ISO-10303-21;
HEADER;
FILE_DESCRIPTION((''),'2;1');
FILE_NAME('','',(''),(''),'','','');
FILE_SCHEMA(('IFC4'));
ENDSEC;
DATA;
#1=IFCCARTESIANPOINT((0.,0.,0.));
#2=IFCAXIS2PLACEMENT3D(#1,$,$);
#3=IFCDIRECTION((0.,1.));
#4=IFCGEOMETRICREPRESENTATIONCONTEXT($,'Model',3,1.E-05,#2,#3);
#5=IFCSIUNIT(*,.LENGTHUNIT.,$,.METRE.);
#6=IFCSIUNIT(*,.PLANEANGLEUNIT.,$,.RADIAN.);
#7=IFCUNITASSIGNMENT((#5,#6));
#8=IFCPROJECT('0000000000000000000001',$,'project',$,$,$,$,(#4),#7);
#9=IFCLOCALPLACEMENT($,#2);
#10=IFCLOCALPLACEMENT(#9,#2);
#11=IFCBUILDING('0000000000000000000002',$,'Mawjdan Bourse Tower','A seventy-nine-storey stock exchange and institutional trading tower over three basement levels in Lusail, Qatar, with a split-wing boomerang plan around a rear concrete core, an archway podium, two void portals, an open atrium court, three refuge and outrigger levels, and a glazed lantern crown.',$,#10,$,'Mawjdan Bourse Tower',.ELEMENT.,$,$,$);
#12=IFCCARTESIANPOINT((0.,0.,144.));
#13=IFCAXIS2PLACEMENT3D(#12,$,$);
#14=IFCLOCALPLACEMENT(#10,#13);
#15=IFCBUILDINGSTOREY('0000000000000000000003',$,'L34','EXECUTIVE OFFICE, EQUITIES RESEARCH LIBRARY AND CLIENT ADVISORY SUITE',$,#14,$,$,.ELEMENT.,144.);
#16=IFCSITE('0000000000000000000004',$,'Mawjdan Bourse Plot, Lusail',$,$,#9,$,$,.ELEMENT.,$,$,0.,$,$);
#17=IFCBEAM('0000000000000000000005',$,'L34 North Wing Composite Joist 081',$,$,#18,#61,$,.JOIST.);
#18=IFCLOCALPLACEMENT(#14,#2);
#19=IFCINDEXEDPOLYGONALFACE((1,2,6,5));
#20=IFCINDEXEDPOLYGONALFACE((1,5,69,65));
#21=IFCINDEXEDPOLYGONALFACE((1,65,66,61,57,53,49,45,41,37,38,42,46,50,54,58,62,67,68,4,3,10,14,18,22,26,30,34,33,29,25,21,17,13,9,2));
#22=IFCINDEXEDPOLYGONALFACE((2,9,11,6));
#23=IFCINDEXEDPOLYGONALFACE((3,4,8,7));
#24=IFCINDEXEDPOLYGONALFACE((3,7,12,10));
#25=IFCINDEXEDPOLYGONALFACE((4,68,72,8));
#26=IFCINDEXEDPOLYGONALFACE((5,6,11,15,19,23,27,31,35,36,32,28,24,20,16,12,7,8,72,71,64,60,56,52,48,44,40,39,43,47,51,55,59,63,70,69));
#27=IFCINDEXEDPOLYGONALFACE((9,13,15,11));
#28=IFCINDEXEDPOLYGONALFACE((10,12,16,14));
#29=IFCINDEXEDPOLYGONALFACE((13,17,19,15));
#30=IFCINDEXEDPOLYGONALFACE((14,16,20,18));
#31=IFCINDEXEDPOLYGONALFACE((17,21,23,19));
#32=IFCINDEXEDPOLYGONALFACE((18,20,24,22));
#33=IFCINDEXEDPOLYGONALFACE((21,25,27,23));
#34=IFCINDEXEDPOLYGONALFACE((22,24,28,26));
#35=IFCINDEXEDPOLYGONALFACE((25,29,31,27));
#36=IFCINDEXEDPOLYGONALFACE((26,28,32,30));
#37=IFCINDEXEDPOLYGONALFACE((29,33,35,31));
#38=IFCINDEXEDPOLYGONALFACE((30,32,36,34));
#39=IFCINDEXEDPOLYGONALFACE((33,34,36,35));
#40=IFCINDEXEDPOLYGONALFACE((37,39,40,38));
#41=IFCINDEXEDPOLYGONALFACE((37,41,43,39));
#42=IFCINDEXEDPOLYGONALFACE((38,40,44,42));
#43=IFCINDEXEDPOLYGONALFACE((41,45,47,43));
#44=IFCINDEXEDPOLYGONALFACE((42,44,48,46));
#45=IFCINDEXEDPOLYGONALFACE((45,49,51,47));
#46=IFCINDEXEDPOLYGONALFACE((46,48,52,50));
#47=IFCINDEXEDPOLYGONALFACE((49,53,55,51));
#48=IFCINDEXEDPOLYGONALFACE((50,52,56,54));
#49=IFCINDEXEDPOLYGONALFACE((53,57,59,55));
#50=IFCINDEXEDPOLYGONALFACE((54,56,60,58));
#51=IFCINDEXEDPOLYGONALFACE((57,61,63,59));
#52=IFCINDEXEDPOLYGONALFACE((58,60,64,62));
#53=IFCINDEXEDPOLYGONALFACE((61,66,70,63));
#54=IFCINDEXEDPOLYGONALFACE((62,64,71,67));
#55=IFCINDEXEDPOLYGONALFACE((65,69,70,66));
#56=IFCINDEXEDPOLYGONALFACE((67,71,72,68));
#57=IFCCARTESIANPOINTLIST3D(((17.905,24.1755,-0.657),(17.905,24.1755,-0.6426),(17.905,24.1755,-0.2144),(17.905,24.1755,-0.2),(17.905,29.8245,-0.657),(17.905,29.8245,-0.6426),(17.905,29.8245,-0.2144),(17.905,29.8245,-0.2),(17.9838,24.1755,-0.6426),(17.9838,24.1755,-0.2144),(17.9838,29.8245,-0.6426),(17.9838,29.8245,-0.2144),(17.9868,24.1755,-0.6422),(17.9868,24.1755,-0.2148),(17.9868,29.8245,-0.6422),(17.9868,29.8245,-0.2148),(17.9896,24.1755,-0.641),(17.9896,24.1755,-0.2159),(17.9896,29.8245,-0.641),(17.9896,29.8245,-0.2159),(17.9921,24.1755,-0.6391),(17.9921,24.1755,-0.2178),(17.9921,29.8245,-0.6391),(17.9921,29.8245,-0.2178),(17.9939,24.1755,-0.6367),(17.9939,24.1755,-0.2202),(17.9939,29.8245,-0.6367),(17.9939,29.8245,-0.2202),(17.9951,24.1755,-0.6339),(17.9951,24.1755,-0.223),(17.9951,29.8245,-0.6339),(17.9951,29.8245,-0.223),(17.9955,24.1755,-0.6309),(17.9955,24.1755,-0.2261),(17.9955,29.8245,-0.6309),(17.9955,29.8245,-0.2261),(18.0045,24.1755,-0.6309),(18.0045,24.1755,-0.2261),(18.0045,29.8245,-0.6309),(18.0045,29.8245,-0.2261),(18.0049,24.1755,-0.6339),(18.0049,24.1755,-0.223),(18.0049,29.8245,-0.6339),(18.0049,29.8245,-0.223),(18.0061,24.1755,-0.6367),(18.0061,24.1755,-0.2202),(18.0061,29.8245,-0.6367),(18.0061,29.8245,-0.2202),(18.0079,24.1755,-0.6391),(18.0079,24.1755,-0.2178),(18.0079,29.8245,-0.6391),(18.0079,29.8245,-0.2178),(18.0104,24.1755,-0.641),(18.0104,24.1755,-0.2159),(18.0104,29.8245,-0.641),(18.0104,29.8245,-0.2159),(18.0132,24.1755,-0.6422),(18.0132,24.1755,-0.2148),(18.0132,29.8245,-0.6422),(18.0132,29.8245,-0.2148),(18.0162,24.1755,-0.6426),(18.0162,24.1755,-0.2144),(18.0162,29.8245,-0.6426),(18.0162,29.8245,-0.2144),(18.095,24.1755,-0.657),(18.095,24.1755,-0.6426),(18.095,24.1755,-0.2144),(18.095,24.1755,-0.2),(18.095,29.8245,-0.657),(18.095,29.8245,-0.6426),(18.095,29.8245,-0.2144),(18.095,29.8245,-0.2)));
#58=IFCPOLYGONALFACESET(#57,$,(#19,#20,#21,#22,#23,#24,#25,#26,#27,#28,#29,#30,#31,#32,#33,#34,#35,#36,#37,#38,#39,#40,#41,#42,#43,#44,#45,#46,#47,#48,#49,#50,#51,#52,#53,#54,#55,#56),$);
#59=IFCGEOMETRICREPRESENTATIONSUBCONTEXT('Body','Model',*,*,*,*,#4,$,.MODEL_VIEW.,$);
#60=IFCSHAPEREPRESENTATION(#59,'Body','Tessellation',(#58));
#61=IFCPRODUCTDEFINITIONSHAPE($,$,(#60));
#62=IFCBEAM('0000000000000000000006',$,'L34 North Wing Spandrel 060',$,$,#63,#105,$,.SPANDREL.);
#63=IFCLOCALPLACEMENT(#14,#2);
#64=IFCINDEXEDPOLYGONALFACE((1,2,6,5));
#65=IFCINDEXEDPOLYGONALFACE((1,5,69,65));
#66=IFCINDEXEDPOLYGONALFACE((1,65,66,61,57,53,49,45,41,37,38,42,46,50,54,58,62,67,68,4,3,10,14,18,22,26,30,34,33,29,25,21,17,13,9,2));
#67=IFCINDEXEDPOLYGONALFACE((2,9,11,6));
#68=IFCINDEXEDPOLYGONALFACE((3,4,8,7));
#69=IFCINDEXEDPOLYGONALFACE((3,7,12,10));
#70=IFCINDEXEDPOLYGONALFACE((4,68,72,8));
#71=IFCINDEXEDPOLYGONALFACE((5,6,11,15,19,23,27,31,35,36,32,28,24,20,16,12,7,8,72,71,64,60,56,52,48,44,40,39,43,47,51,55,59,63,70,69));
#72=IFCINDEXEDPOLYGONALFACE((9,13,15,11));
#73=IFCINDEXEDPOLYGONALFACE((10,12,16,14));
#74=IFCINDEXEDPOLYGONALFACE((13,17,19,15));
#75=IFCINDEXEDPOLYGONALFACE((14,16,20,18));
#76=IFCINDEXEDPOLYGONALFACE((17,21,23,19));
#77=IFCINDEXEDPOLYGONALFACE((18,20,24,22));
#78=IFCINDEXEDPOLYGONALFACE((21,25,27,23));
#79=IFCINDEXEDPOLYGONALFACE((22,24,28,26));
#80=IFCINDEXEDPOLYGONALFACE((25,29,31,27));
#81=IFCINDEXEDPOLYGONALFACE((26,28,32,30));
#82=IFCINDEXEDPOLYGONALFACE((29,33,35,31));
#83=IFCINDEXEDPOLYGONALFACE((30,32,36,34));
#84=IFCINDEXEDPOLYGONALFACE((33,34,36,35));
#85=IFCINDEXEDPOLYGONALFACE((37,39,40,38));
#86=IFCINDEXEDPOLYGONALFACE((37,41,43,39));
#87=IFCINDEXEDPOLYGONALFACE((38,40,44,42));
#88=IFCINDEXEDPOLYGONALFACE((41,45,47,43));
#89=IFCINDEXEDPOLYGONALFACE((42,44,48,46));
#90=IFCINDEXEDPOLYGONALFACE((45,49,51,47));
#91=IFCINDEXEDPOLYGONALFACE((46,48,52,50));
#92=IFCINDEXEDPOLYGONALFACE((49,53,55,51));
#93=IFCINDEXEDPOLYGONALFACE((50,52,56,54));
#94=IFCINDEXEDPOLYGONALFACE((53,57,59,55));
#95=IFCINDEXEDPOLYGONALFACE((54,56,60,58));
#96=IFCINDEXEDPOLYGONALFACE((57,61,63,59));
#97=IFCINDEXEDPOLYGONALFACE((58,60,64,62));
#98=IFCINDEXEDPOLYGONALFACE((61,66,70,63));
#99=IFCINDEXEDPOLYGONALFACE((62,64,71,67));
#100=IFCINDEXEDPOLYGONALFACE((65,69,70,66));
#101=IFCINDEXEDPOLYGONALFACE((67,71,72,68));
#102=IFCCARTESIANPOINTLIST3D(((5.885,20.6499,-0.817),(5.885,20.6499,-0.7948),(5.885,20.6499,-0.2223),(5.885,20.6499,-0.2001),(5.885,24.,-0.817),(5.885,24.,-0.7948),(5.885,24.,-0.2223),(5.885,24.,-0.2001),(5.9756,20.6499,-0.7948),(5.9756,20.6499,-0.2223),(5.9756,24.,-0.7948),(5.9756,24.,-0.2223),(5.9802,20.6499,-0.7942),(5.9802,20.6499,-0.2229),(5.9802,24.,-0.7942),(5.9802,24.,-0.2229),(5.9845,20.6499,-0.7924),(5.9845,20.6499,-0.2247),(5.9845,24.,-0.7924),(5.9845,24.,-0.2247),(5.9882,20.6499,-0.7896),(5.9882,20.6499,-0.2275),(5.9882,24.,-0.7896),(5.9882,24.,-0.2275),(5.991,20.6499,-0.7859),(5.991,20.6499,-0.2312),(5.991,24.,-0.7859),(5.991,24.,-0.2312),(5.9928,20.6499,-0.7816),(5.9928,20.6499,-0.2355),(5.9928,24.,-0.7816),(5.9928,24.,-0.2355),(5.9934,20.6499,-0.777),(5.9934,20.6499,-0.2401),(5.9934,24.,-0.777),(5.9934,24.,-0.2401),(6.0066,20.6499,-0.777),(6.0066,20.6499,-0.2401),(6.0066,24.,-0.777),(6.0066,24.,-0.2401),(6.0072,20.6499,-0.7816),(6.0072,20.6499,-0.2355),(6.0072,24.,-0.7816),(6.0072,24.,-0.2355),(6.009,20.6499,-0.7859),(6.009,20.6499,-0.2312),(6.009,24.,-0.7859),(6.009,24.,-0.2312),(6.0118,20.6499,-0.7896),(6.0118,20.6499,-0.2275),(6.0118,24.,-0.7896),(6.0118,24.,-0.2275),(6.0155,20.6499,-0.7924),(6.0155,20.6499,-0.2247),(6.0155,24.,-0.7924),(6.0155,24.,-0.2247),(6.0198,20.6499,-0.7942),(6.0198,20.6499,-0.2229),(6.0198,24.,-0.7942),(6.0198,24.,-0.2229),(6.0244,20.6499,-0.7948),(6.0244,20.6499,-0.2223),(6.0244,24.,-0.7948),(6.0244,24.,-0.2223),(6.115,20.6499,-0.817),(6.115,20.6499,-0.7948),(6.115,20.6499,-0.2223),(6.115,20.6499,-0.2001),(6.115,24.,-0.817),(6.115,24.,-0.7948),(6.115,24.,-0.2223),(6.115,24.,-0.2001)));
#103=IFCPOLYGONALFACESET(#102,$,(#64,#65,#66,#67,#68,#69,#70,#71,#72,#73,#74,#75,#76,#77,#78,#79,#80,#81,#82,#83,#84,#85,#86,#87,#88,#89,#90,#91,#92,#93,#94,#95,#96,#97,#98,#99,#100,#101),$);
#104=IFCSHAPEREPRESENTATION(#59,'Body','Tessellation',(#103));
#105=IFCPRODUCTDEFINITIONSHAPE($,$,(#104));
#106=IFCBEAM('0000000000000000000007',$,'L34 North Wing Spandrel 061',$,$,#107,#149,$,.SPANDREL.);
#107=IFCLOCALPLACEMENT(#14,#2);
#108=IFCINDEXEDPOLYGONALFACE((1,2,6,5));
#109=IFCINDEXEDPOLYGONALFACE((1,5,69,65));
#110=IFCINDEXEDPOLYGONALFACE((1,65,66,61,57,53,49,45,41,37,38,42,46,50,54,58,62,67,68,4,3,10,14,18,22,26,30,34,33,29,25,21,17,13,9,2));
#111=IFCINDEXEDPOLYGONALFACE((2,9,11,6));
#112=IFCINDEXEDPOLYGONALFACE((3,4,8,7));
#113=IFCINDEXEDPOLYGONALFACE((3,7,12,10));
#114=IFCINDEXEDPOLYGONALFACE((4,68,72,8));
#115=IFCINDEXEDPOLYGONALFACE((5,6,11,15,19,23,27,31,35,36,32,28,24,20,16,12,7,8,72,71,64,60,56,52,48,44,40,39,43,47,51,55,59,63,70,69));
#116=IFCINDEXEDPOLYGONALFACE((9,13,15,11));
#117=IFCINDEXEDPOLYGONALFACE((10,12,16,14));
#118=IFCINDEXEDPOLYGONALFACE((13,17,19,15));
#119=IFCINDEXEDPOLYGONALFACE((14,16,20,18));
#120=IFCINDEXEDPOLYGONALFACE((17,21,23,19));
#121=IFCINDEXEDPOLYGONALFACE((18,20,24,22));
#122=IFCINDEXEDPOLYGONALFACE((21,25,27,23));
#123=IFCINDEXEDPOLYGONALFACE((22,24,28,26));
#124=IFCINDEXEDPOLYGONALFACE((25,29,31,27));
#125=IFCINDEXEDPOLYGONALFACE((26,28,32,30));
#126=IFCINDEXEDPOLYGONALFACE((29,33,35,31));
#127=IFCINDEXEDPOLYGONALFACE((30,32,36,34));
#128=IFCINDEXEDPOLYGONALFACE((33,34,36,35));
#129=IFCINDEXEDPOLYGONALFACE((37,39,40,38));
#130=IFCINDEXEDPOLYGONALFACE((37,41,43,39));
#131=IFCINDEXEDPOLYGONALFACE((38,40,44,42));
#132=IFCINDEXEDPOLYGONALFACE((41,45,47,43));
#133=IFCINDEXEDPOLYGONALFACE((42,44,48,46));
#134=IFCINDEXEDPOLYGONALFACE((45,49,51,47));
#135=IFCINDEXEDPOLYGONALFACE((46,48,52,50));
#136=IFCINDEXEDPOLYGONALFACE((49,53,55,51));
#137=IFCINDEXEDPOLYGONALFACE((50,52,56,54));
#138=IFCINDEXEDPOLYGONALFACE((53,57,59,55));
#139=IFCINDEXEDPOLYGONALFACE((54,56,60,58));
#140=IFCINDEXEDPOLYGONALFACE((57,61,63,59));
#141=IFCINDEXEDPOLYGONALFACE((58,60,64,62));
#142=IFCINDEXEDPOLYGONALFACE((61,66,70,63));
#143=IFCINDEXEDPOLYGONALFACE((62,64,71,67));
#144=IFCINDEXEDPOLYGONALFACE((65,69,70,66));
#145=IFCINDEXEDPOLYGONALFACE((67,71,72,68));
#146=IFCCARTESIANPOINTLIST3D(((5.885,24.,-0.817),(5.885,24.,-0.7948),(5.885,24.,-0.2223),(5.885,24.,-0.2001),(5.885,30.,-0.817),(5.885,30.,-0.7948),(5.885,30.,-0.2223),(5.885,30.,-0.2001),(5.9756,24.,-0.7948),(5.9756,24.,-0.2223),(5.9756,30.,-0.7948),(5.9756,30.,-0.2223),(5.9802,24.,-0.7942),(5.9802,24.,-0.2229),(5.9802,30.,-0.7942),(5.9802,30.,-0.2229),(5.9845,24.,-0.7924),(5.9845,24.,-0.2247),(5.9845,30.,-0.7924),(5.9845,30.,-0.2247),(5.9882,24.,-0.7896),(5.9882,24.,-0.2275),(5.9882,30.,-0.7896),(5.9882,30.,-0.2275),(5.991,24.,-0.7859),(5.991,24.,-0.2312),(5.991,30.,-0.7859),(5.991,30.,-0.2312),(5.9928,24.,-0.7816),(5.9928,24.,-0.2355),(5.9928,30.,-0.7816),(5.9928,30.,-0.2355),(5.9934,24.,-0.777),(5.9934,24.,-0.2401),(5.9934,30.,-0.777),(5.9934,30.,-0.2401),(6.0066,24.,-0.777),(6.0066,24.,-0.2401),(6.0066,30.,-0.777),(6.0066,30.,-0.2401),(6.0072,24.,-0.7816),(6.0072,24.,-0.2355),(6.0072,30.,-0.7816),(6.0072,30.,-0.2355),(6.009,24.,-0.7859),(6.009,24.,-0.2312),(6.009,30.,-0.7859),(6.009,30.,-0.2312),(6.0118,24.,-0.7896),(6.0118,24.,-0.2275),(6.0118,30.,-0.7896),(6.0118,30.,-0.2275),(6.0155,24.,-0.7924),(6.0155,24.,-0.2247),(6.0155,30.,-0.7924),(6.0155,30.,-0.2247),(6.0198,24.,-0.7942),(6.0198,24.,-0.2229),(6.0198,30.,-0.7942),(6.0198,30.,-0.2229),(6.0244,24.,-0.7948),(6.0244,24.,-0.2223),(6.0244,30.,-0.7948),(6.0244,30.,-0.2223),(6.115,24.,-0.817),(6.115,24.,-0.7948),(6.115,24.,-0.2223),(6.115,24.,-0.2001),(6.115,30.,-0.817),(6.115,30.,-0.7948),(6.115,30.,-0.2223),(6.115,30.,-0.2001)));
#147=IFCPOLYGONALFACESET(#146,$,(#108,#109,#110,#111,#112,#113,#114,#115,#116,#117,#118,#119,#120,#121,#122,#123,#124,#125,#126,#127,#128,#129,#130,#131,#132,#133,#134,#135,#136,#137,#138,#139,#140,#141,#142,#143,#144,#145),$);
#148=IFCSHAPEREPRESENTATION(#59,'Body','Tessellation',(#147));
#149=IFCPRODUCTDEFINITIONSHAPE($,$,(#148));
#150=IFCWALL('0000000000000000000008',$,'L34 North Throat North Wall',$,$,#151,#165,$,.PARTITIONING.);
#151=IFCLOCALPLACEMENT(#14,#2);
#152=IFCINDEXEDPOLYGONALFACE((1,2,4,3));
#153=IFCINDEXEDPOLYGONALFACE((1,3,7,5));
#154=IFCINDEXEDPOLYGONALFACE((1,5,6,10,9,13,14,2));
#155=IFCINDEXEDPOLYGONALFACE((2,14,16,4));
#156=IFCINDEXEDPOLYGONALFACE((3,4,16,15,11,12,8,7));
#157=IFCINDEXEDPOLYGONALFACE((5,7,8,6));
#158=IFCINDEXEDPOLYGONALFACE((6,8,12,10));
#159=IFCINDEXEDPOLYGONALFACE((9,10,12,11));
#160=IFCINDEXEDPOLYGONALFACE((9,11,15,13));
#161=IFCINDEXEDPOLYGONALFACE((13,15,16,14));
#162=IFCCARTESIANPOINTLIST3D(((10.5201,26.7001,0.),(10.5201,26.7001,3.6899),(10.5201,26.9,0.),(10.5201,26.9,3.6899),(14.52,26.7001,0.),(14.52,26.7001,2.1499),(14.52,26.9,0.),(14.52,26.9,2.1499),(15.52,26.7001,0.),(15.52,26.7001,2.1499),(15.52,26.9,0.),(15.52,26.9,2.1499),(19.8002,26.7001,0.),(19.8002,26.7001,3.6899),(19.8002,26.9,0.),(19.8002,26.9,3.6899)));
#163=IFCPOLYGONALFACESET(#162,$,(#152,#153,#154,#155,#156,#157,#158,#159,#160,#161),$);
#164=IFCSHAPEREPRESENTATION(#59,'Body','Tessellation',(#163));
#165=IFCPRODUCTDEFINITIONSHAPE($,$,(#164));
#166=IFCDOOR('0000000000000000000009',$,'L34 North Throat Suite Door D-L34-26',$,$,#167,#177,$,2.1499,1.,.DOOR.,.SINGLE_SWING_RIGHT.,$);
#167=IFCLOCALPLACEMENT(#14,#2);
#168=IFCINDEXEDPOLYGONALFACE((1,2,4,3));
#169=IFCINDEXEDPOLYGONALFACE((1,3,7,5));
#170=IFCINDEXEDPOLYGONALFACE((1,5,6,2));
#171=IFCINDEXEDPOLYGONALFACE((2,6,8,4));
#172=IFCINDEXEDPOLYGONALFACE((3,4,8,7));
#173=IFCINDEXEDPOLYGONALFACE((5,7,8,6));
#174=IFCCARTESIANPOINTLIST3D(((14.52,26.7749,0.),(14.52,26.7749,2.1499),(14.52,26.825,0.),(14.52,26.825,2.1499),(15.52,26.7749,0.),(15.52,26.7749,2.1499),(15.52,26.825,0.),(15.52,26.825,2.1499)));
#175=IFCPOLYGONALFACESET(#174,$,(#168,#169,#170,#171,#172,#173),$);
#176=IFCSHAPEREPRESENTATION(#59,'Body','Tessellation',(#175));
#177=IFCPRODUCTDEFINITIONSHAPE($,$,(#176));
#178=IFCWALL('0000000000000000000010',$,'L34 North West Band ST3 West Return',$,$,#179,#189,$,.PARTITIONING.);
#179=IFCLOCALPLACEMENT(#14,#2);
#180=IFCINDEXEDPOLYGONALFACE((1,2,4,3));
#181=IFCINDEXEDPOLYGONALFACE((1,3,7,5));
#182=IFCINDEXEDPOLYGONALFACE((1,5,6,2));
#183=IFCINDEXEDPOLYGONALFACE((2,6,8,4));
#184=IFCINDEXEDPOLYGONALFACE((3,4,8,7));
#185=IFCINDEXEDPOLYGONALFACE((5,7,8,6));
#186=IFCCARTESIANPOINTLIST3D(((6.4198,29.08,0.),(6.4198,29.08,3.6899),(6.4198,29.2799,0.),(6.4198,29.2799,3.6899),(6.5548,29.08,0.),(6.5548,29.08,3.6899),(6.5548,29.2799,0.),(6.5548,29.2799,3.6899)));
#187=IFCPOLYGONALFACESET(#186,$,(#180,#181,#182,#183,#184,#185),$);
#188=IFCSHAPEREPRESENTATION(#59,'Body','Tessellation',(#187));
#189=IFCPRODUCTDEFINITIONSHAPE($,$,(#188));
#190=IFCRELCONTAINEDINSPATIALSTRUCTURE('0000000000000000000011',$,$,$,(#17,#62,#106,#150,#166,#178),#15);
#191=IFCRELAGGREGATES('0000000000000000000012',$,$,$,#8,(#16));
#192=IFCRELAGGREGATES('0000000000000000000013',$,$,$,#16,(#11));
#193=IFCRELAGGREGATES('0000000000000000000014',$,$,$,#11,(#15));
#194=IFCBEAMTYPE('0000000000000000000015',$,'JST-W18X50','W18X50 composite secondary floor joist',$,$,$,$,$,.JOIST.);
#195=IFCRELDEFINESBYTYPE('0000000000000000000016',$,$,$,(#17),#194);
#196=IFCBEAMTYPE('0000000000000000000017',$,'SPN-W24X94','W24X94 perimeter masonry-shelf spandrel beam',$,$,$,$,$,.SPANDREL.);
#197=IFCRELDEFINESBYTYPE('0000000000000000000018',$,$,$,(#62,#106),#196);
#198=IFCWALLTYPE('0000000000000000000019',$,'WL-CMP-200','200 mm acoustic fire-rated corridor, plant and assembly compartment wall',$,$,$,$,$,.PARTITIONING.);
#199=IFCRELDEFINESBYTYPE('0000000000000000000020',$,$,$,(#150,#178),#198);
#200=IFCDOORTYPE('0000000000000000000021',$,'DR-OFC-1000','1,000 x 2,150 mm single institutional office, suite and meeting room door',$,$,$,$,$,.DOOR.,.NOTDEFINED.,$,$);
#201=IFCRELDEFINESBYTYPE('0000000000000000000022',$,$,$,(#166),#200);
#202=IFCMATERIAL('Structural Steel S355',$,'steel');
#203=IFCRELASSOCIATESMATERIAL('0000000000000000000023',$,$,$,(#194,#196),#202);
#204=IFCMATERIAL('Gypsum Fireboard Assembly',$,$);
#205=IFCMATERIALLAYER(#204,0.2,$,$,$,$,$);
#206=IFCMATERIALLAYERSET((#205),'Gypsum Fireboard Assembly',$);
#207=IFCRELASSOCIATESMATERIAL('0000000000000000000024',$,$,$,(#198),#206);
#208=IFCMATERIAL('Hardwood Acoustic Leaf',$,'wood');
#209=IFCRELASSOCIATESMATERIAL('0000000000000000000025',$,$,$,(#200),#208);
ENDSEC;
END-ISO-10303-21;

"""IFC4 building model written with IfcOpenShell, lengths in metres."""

from ifc_helpers import new_model, si_unit, direction, frame, frame_2d, origin, origin_2d, place, context, subcontext, project, spatial, rectangle, i_section, extrude, material, layer, layer_set, material_profile, profile_set, type_object, element, fill, save


model = new_model("IFC4")

# Units and contexts
model_context = context("Model", 3, precision=1e-05, world=origin(), true_north=direction((0.0, 1.0)))
body_context = subcontext(model_context, "Body", "Model", "MODEL_VIEW")
ifc_project = project(units=[si_unit("LENGTHUNIT", "METRE"), si_unit("PLANEANGLEUNIT", "RADIAN")], contexts=[model_context])

# Site, building, storey
site_placement = place(None, origin())
site = spatial("IfcSite", under=ifc_project, at=site_placement, Name="Mawjdan Bourse Plot, Lusail", CompositionType="ELEMENT", RefElevation=0.0)
building_placement = place(site_placement, origin())
building = spatial("IfcBuilding", under=site, at=building_placement, Name="Mawjdan Bourse Tower", Description="A seventy-nine-storey stock exchange and institutional trading tower over three basement levels in Lusail, Qatar, with a split-wing boomerang plan around a rear concrete core, an archway podium, two void portals, an open atrium court, three refuge and outrigger levels, and a glazed lantern crown.", LongName="Mawjdan Bourse Tower", CompositionType="ELEMENT")
storey_placement = place(building_placement, frame((0.0, 0.0, 144.0)))
storey = spatial("IfcBuildingStorey", under=building, at=storey_placement, Name="L34", Description="EXECUTIVE OFFICE, EQUITIES RESEARCH LIBRARY AND CLIENT ADVISORY SUITE", CompositionType="ELEMENT", Elevation=144.0)

# Beams
ifc_material_1 = material(Name="Structural Steel S355", Category="steel")
ifc_material_profile_1 = material_profile(ifc_material_1, i_section(OverallWidth=0.1899, OverallDepth=0.457, WebThickness=0.009, FlangeThickness=0.0144, FilletRadius=0.0117, at=origin_2d()), Name="W18X50")
ifc_profile_set_1 = profile_set([ifc_material_profile_1], Name="Structural Steel S355")
beam_type_1 = type_object("IfcBeamType", Name="JST-W18X50", Description="W18X50 composite secondary floor joist", PredefinedType="JOIST", material=ifc_profile_set_1)
beam_1_placement = place(storey_placement, frame((18.0, 24.1755, -0.4285), z_axis=(0.0, 1.0, 0.0), x_axis=(-1.0, 0.0, 0.0)))
element("IfcBeam", 1, at=beam_1_placement, inside=storey, type_object=beam_type_1, Name="L34 North Wing Composite Joist 081", PredefinedType="JOIST", context=body_context, shape_type="SweptSolid", body=[
    extrude(i_section(OverallWidth=0.1899, OverallDepth=0.457, WebThickness=0.009, FlangeThickness=0.0144, FilletRadius=0.0117, at=origin_2d()), origin(), (0.0, 0.0, 1.0), 5.6489),
])
ifc_material_profile_2 = material_profile(ifc_material_1, i_section(OverallWidth=0.23, OverallDepth=0.6169, WebThickness=0.0132, FlangeThickness=0.0222, FilletRadius=0.0178, at=origin_2d()), Name="W24X94")
ifc_profile_set_2 = profile_set([ifc_material_profile_2], Name="Structural Steel S355")
beam_type_2 = type_object("IfcBeamType", Name="SPN-W24X94", Description="W24X94 perimeter masonry-shelf spandrel beam", PredefinedType="SPANDREL", material=ifc_profile_set_2)
beam_2_placement = place(storey_placement, frame((6.0, 20.6499, -0.5085), z_axis=(0.0, 1.0, 0.0), x_axis=(-1.0, 0.0, 0.0)))
element("IfcBeam", 2, at=beam_2_placement, inside=storey, type_object=beam_type_2, Name="L34 North Wing Spandrel 060", PredefinedType="SPANDREL", context=body_context, shape_type="SweptSolid", body=[
    extrude(i_section(OverallWidth=0.23, OverallDepth=0.6169, WebThickness=0.0132, FlangeThickness=0.0222, FilletRadius=0.0178, at=origin_2d()), origin(), (0.0, 0.0, 1.0), 3.3501),
])
beam_3_placement = place(storey_placement, frame((6.0, 24.0, -0.5085), z_axis=(0.0, 1.0, 0.0), x_axis=(-1.0, 0.0, 0.0)))
element("IfcBeam", 3, at=beam_3_placement, inside=storey, type_object=beam_type_2, Name="L34 North Wing Spandrel 061", PredefinedType="SPANDREL", context=body_context, shape_type="SweptSolid", body=[
    extrude(i_section(OverallWidth=0.23, OverallDepth=0.6169, WebThickness=0.0132, FlangeThickness=0.0222, FilletRadius=0.0178, at=origin_2d()), origin(), (0.0, 0.0, 1.0), 6.0),
])

# Wall, opening, door
ifc_material_2 = material(Name="Gypsum Fireboard Assembly")
ifc_layer_1 = layer(ifc_material_2, 0.2)
ifc_layer_set_1 = layer_set([ifc_layer_1], Name="Gypsum Fireboard Assembly")
wall_type_1 = type_object("IfcWallType", Name="WL-CMP-200", Description="200 mm acoustic fire-rated corridor, plant and assembly compartment wall", PredefinedType="PARTITIONING", material=ifc_layer_set_1)
wall_1_placement = place(storey_placement, frame((10.52, 26.8, 0.0), z_axis=(0.0, 0.0, 1.0), x_axis=(1.0, 0.0, 0.0)))
wall_1 = element("IfcWall", 4, at=wall_1_placement, inside=storey, type_object=wall_type_1, Name="L34 North Throat North Wall", PredefinedType="PARTITIONING", context=body_context, shape_type="SweptSolid", body=[
    extrude(rectangle(XDim=9.28, YDim=0.2, at=frame_2d((4.6401, 0.0))), origin(), (0.0, 0.0, 1.0), 3.6899),
])
opening_1_placement = place(wall_1_placement, frame((4.0, 0.0, 0.0)))
opening_1 = element("IfcOpeningElement", 5, at=opening_1_placement, cuts=wall_1, PredefinedType="OPENING", context=body_context, shape_type="SweptSolid", body=[
    extrude(rectangle(XDim=1.0, YDim=2.1499, at=frame_2d((0.5, 1.075))), frame((0.0, 0.1099, 0.0), z_axis=(0.0, -1.0, 0.0), x_axis=(1.0, 0.0, 0.0)), (0.0, 0.0, 1.0), 0.22),
])
ifc_material_3 = material(Name="Hardwood Acoustic Leaf", Category="wood")
door_type_1 = type_object("IfcDoorType", Name="DR-OFC-1000", Description="1,000 x 2,150 mm single institutional office, suite and meeting room door", OperationType="NOTDEFINED", PredefinedType="DOOR", material=ifc_material_3)
door_1_placement = place(opening_1_placement, origin())
door_1 = element("IfcDoor", 6, at=door_1_placement, inside=storey, type_object=door_type_1, Name="L34 North Throat Suite Door D-L34-26", OperationType="SINGLE_SWING_RIGHT", OverallHeight=2.1499, OverallWidth=1.0, PredefinedType="DOOR", context=body_context, shape_type="SweptSolid", body=[
    extrude(rectangle(XDim=1.0, YDim=2.1499, at=frame_2d((0.5, 1.075))), frame((0.0, 0.0249, 0.0), z_axis=(0.0, -1.0, 0.0), x_axis=(1.0, 0.0, 0.0)), (0.0, 0.0, 1.0), 0.05),
])
fill(opening_1, door_1)

# Wall
wall_2_placement = place(storey_placement, frame((6.4199, 29.1799, 0.0), z_axis=(0.0, 0.0, 1.0), x_axis=(1.0, 0.0, 0.0)))
element("IfcWall", 7, at=wall_2_placement, inside=storey, type_object=wall_type_1, Name="L34 North West Band ST3 West Return", PredefinedType="PARTITIONING", context=body_context, shape_type="SweptSolid", body=[
    extrude(rectangle(XDim=0.135, YDim=0.2, at=frame_2d((0.0674, 0.0))), origin(), (0.0, 0.0, 1.0), 3.6899),
])

save(model, "model.ifc")
